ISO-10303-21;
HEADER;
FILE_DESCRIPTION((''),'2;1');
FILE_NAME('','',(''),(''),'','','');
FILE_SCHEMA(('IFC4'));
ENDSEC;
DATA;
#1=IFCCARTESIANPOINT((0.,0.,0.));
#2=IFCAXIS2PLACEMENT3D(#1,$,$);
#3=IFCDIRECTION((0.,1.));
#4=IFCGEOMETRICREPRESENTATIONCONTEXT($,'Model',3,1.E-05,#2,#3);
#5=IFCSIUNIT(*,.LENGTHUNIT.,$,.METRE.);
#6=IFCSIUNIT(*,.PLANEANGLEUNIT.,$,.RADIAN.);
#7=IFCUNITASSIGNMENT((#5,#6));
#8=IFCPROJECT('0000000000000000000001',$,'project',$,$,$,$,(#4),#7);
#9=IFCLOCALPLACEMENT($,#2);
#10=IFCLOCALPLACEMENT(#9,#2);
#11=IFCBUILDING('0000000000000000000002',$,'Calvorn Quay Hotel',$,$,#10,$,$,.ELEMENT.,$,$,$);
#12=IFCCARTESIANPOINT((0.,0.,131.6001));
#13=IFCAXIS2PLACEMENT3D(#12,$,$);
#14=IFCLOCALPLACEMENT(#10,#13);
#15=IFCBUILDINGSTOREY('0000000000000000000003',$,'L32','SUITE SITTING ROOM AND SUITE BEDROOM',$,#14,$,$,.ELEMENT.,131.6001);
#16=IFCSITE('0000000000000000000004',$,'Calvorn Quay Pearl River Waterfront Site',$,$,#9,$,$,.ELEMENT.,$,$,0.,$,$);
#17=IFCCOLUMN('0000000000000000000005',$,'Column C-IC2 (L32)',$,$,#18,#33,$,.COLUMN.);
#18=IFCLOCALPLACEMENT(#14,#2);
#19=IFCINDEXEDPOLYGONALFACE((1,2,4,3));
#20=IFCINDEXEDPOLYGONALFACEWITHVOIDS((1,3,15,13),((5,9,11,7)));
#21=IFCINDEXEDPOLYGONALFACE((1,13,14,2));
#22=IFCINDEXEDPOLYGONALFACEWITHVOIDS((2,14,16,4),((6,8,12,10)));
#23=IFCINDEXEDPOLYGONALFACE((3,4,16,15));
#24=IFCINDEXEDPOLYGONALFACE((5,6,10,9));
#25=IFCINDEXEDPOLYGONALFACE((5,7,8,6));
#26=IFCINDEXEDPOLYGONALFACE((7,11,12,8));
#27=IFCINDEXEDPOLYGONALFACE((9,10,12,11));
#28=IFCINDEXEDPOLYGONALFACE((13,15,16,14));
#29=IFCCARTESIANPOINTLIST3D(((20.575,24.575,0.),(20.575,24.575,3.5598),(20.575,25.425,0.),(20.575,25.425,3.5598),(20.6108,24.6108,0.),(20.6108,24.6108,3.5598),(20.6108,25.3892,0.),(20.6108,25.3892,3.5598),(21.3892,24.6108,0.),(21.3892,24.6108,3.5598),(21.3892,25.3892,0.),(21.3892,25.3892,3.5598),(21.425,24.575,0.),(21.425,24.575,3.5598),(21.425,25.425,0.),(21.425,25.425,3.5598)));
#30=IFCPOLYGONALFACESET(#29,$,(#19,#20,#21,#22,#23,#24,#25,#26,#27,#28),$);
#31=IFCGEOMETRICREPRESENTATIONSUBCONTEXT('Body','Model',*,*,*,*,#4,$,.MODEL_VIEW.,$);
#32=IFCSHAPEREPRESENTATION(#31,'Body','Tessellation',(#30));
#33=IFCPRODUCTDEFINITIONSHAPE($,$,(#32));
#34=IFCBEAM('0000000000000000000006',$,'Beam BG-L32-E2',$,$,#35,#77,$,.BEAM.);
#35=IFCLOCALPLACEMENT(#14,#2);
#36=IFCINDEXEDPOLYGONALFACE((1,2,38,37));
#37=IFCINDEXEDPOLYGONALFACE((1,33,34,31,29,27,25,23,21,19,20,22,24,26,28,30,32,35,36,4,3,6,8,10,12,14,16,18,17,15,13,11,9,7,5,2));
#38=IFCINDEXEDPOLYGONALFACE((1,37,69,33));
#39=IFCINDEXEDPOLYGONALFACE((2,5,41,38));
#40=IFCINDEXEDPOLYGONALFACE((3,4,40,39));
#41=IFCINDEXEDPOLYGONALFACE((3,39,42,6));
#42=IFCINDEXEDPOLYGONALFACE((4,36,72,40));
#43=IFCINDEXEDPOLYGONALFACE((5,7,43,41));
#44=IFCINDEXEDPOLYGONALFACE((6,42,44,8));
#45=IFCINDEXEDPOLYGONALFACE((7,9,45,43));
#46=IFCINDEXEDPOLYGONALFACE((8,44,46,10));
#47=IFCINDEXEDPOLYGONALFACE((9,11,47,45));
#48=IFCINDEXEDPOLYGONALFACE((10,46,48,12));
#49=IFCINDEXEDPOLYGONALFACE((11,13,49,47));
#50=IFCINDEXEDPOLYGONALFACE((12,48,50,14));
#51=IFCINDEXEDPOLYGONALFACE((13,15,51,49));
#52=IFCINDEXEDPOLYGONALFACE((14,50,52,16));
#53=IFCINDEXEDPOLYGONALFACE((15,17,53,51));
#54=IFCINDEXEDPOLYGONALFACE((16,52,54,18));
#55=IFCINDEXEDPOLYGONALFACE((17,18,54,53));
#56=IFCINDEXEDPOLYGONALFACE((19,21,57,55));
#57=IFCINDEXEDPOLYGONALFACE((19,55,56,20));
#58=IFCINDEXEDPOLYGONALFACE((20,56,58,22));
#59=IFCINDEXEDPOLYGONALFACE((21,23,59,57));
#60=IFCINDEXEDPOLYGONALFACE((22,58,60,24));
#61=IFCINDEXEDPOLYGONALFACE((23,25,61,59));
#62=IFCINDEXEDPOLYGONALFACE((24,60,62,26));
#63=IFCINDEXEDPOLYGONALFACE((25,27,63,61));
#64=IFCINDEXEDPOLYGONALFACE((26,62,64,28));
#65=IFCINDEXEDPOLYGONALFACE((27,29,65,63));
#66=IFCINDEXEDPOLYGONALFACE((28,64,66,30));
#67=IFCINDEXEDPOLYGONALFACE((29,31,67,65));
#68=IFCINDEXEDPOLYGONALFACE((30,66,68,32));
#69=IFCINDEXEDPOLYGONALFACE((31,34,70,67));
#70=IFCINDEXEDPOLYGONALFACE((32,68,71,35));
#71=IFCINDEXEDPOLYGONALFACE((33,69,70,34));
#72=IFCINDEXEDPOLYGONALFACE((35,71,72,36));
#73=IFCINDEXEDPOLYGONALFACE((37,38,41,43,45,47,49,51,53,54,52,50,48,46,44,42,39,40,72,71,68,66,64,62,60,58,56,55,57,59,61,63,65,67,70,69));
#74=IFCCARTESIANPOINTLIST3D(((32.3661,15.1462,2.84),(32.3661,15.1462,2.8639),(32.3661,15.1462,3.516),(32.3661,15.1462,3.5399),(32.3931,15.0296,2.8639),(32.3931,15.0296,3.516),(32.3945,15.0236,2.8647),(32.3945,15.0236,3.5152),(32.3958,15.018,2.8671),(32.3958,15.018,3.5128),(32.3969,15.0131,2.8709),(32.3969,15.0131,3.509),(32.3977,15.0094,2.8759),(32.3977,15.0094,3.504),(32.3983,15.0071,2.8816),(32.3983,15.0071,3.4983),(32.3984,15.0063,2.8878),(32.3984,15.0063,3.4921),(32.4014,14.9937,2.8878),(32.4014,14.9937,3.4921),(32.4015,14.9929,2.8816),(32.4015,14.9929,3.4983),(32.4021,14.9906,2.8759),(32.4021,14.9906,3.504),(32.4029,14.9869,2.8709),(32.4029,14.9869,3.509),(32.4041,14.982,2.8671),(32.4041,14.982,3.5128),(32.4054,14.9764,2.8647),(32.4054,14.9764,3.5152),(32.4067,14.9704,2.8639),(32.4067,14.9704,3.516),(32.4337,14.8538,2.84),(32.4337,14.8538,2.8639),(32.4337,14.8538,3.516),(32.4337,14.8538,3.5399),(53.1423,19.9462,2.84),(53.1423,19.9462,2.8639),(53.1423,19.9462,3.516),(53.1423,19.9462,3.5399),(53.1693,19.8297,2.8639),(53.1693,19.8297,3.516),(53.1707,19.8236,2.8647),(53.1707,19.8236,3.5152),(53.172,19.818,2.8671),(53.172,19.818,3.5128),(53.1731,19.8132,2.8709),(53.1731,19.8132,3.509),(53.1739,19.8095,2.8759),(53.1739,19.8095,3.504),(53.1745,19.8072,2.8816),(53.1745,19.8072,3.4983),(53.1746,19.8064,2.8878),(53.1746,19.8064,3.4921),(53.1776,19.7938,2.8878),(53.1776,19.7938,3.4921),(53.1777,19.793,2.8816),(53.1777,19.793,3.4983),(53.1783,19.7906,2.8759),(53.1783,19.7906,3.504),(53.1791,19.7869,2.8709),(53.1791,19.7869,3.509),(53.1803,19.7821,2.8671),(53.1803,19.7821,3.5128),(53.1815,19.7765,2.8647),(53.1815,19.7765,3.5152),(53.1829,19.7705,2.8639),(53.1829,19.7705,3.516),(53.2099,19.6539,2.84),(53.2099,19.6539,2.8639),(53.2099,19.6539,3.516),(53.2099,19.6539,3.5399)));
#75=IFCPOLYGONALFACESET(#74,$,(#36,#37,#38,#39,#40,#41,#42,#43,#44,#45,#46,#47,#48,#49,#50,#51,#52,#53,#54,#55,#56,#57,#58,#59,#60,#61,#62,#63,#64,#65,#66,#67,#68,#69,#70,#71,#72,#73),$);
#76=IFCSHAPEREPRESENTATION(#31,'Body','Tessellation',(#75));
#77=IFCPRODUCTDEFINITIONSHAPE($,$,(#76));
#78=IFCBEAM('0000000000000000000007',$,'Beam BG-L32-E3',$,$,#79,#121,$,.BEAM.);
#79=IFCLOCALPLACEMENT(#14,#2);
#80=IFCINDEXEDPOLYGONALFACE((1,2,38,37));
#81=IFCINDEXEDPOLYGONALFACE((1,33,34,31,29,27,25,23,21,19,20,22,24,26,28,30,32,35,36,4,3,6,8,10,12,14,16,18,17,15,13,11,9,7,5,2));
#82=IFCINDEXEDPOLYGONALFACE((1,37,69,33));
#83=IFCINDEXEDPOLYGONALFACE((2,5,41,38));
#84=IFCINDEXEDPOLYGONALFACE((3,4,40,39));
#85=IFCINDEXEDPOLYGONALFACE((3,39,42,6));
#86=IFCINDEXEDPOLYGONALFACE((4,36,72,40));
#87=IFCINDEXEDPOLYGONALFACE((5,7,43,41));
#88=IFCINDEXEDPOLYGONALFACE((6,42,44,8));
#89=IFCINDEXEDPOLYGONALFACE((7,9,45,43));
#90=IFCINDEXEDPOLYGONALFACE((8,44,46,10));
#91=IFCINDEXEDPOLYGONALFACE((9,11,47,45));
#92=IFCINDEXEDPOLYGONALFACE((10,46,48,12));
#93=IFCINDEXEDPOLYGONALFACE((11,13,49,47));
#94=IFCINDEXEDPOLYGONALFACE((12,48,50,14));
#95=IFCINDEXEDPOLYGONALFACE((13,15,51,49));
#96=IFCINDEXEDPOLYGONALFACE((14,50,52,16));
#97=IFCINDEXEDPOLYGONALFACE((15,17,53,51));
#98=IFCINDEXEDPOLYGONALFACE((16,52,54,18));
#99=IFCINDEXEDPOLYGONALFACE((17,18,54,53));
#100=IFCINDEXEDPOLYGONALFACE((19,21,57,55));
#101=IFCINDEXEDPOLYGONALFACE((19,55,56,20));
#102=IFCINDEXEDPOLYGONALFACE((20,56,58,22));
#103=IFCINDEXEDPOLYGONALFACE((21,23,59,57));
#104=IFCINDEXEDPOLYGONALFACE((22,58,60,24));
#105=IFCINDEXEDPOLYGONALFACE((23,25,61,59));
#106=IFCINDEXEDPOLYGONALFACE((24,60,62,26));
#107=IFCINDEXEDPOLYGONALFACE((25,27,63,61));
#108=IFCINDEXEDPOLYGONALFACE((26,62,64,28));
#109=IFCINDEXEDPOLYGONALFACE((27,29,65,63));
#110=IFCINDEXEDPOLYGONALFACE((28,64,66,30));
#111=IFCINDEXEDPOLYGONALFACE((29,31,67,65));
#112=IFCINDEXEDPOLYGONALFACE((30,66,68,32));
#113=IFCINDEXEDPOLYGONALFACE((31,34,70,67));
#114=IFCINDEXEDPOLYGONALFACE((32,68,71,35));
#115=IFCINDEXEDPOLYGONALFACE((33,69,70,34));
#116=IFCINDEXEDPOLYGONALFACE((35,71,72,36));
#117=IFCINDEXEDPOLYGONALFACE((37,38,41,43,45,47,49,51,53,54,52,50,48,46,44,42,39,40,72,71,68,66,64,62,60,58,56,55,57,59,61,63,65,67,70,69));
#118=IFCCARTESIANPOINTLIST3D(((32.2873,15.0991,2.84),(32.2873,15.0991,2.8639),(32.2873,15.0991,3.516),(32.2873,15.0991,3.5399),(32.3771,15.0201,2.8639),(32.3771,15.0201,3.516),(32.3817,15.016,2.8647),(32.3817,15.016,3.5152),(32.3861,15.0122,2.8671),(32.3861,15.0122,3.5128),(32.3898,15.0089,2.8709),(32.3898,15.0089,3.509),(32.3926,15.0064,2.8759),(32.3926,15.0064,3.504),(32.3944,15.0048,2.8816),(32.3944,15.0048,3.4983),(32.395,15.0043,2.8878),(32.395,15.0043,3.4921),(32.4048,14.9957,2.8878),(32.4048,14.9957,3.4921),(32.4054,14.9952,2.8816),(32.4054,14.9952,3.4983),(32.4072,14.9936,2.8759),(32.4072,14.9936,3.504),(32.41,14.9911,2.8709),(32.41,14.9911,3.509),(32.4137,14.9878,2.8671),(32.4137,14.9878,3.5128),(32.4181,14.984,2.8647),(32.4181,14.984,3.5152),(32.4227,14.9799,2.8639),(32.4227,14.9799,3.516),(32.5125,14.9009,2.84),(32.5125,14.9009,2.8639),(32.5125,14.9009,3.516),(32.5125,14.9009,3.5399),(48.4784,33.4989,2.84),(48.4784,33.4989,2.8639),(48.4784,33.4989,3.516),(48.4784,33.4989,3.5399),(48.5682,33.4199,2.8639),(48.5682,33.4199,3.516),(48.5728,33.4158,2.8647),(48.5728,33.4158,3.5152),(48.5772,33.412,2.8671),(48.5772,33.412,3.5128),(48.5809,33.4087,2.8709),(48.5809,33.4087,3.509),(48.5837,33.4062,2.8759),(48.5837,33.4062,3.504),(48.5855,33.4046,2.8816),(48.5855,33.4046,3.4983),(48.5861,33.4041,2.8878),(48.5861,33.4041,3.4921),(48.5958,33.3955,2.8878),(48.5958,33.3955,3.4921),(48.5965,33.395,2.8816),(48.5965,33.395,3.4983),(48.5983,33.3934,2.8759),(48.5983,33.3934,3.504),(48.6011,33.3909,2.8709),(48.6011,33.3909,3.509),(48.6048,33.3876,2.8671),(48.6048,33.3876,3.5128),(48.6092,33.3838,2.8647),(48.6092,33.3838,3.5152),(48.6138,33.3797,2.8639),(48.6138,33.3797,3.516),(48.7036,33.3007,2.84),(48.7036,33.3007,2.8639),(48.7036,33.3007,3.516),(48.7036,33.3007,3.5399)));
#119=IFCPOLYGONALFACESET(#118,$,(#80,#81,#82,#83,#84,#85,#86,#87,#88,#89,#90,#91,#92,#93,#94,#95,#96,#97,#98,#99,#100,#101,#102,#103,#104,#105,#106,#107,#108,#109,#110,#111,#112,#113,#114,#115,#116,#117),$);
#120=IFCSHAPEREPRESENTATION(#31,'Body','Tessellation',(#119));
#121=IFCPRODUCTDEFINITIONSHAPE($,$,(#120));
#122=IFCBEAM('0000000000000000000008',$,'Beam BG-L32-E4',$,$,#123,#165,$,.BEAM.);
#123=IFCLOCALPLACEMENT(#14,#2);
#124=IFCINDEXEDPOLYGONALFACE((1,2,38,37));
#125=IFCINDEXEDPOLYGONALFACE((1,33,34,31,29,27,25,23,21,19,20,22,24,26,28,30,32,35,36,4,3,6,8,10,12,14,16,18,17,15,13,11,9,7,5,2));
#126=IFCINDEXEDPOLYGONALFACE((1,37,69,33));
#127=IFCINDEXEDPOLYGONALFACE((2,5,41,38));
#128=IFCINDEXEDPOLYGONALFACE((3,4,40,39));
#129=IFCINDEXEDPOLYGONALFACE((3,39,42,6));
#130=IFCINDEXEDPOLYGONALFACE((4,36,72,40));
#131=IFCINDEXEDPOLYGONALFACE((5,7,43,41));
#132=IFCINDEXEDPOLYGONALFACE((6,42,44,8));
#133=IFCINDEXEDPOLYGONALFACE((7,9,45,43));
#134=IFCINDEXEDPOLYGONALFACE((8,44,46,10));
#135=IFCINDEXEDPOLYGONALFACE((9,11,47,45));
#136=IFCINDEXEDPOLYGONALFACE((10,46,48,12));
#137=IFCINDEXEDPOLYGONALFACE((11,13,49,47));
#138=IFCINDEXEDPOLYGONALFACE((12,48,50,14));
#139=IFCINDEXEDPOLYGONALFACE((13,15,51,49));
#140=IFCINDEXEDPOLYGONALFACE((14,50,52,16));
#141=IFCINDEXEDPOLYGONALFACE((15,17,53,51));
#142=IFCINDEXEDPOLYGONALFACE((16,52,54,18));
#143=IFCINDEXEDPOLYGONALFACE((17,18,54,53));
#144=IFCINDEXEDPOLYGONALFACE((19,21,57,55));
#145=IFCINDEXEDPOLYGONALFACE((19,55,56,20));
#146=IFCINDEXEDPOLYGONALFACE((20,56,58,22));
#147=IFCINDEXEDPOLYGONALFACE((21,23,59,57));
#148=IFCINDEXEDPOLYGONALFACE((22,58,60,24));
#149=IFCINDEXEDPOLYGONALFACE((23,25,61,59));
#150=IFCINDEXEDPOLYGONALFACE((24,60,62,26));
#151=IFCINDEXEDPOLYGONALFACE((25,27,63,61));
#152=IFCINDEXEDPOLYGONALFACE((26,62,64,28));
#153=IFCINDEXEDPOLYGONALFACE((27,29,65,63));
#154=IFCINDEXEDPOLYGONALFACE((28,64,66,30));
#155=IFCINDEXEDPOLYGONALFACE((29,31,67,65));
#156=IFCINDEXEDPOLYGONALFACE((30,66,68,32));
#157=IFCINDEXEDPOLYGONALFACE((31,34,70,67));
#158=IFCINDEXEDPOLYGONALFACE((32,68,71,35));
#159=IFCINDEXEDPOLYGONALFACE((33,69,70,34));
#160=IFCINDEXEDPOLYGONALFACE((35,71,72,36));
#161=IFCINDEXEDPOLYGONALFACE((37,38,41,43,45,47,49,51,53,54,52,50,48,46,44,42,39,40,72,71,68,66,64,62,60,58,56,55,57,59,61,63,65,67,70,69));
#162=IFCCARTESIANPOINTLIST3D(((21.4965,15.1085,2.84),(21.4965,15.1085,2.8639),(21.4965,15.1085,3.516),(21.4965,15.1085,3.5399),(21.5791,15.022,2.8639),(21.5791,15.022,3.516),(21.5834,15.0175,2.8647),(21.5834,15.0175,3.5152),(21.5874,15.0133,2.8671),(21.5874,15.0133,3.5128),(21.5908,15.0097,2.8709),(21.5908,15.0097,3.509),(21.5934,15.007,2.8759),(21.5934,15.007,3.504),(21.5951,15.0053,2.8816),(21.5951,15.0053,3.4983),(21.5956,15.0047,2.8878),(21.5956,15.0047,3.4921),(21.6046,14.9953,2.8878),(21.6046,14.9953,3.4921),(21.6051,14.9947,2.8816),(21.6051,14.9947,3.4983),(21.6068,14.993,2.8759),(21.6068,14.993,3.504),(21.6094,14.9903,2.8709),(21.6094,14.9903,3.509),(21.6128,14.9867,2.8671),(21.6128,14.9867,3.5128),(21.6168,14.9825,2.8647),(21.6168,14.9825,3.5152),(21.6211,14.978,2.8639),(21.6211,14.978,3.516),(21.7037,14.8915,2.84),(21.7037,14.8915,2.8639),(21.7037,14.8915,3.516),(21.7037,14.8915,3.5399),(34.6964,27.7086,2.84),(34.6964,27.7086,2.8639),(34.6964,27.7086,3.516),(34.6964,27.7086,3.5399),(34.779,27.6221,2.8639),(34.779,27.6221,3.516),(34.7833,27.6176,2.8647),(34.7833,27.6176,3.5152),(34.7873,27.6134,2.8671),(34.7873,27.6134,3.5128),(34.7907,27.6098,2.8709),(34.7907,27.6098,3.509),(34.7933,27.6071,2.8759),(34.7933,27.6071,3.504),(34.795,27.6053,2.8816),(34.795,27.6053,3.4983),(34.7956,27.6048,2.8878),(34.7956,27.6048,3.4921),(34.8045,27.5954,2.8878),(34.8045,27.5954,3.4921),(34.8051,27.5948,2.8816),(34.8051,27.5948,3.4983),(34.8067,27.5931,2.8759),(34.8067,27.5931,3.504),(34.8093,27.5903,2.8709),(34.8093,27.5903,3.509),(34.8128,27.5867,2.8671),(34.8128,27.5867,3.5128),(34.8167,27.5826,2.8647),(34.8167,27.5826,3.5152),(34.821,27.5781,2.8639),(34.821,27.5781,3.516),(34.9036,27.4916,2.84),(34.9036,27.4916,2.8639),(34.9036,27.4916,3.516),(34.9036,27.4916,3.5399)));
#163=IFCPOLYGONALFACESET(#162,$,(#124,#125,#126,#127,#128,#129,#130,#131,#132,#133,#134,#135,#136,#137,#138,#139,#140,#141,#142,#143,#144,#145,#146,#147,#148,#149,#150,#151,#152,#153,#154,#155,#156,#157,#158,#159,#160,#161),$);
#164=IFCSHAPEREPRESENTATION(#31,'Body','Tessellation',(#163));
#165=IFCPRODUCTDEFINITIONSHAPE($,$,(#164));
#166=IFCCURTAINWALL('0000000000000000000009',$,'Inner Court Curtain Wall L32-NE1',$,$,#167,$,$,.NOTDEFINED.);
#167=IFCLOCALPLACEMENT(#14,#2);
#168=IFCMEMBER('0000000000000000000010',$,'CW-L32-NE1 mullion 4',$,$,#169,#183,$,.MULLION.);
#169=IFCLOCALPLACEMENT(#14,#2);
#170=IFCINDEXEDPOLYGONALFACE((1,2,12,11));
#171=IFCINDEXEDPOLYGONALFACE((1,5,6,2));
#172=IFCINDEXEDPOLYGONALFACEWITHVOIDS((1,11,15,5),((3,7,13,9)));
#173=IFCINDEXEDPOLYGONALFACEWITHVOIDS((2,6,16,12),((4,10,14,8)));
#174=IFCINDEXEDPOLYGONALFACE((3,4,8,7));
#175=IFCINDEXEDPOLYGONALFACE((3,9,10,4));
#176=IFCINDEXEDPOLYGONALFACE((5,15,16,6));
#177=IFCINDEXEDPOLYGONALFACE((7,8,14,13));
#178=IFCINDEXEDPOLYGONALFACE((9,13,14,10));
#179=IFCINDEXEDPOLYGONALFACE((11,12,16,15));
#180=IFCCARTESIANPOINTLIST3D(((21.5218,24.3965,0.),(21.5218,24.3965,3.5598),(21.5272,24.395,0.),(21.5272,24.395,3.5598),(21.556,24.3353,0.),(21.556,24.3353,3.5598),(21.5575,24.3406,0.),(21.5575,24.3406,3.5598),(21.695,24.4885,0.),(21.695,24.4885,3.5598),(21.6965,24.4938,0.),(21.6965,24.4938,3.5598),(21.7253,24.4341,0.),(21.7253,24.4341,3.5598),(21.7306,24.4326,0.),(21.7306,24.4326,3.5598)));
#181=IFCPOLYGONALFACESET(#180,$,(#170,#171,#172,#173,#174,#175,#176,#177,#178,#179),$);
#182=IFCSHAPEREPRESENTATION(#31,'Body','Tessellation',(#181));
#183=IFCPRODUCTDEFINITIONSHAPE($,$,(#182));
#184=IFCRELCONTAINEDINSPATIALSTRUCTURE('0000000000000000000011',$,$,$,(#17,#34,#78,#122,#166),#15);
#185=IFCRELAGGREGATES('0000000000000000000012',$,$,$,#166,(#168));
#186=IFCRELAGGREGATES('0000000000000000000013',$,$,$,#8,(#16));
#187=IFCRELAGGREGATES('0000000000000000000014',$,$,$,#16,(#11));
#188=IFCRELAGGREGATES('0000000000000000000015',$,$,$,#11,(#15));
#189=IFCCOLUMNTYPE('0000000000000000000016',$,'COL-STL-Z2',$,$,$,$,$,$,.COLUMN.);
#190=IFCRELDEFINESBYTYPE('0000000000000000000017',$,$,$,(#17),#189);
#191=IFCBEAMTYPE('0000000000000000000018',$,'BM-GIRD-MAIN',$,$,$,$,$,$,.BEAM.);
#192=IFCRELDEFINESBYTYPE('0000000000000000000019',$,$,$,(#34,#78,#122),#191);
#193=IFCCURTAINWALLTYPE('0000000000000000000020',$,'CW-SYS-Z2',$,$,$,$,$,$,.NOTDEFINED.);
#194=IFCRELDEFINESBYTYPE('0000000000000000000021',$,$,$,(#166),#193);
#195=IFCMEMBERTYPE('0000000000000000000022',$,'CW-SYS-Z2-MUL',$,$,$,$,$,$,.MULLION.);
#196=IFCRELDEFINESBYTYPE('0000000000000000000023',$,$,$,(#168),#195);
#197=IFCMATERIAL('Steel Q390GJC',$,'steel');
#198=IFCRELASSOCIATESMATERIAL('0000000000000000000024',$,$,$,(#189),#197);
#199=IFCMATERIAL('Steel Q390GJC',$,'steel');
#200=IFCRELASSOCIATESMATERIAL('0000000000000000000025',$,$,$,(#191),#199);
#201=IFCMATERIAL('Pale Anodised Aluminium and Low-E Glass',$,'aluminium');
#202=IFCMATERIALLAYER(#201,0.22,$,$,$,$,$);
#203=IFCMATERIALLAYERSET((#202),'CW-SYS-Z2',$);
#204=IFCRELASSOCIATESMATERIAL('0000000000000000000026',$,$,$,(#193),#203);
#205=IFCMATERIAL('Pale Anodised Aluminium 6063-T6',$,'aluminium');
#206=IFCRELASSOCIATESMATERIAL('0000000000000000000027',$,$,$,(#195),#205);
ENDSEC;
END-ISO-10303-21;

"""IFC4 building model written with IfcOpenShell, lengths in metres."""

from ifc_helpers import new_model, si_unit, direction, frame, origin, origin_2d, place, context, subcontext, project, spatial, hollow_rectangle, i_section, extrude, material, layer, layer_set, material_profile, profile_set, type_object, element, aggregate, save


model = new_model("IFC4")

# Units and contexts
model_context = context("Model", 3, precision=1e-05, world=origin(), true_north=direction((0.0, 1.0)))
body_context = subcontext(model_context, "Body", "Model", "MODEL_VIEW")
ifc_project = project(units=[si_unit("LENGTHUNIT", "METRE"), si_unit("PLANEANGLEUNIT", "RADIAN")], contexts=[model_context])

# Site, building, storey
site_placement = place(None, origin())
site = spatial("IfcSite", under=ifc_project, at=site_placement, Name="Calvorn Quay Pearl River Waterfront Site", CompositionType="ELEMENT", RefElevation=0.0)
building_placement = place(site_placement, origin())
building = spatial("IfcBuilding", under=site, at=building_placement, Name="Calvorn Quay Hotel", CompositionType="ELEMENT")
storey_placement = place(building_placement, frame((0.0, 0.0, 131.6001)))
storey = spatial("IfcBuildingStorey", under=building, at=storey_placement, Name="L32", Description="SUITE SITTING ROOM AND SUITE BEDROOM", CompositionType="ELEMENT", Elevation=131.6001)

# Column
ifc_material_1 = material(Name="Steel Q390GJC", Category="steel")
ifc_material_profile_1 = material_profile(ifc_material_1, hollow_rectangle(XDim=0.8501, YDim=0.8501, WallThickness=0.0359, at=origin_2d()), Name="BOX850x850x36")
ifc_profile_set_1 = profile_set([ifc_material_profile_1], Name="Steel Q390GJC")
column_type = type_object("IfcColumnType", Name="COL-STL-Z2", PredefinedType="COLUMN", material=ifc_profile_set_1)
column_placement = place(storey_placement, frame((21.0, 25.0, 0.0), z_axis=(0.0, 0.0, 1.0), x_axis=(1.0, 0.0, 0.0)))
element("IfcColumn", 1, at=column_placement, inside=storey, type_object=column_type, Name="Column C-IC2 (L32)", PredefinedType="COLUMN", context=body_context, shape_type="SweptSolid", body=[
    extrude(hollow_rectangle(XDim=0.8501, YDim=0.8501, WallThickness=0.0359, at=origin_2d()), origin(), (0.0, 0.0, 1.0), 3.5598),
])

# Beams
ifc_material_2 = material(Name="Steel Q390GJC", Category="steel")
ifc_material_profile_2 = material_profile(ifc_material_2, i_section(OverallWidth=0.3, OverallDepth=0.7, WebThickness=0.0129, FlangeThickness=0.0239, FilletRadius=0.0239, at=origin_2d()), Name="HN700x300x13x24")
ifc_profile_set_2 = profile_set([ifc_material_profile_2], Name="Steel Q390GJC")
beam_type = type_object("IfcBeamType", Name="BM-GIRD-MAIN", PredefinedType="BEAM", material=ifc_profile_set_2)
beam_1_placement = place(storey_placement, frame((32.3999, 15.0, 3.1899), z_axis=(0.974334, 0.225107, 0.0), x_axis=(-0.225107, 0.974334, 0.0)))
element("IfcBeam", 2, at=beam_1_placement, inside=storey, type_object=beam_type, Name="Beam BG-L32-E2", PredefinedType="BEAM", context=body_context, shape_type="SweptSolid", body=[
    extrude(i_section(OverallWidth=0.3, OverallDepth=0.7, WebThickness=0.0129, FlangeThickness=0.0239, FilletRadius=0.0239, at=origin_2d()), origin(), (0.0, 0.0, 1.0), 21.3235),
])
beam_2_placement = place(storey_placement, frame((32.3999, 15.0, 3.1899), z_axis=(0.660611, 0.750729, 0.0), x_axis=(-0.750729, 0.660611, 0.0)))
element("IfcBeam", 3, at=beam_2_placement, inside=storey, type_object=beam_type, Name="Beam BG-L32-E3", PredefinedType="BEAM", context=body_context, shape_type="SweptSolid", body=[
    extrude(i_section(OverallWidth=0.3, OverallDepth=0.7, WebThickness=0.0129, FlangeThickness=0.0239, FilletRadius=0.0239, at=origin_2d()), origin(), (0.0, 0.0, 1.0), 24.5093),
])
beam_3_placement = place(storey_placement, frame((21.6001, 15.0, 3.1899), z_axis=(0.723352, 0.69048, 0.0), x_axis=(-0.69048, 0.723352, 0.0)))
element("IfcBeam", 4, at=beam_3_placement, inside=storey, type_object=beam_type, Name="Beam BG-L32-E4", PredefinedType="BEAM", context=body_context, shape_type="SweptSolid", body=[
    extrude(i_section(OverallWidth=0.3, OverallDepth=0.7, WebThickness=0.0129, FlangeThickness=0.0239, FilletRadius=0.0239, at=origin_2d()), origin(), (0.0, 0.0, 1.0), 18.2483),
])

# Curtain wall, member
ifc_material_3 = material(Name="Pale Anodised Aluminium and Low-E Glass", Category="aluminium")
ifc_layer_1 = layer(ifc_material_3, 0.22)
ifc_layer_set_1 = layer_set([ifc_layer_1], Name="CW-SYS-Z2")
curtain_wall_type = type_object("IfcCurtainWallType", Name="CW-SYS-Z2", PredefinedType="NOTDEFINED", material=ifc_layer_set_1)
curtain_wall_1_placement = place(storey_placement, origin())
curtain_wall_1 = element("IfcCurtainWall", 5, at=curtain_wall_1_placement, inside=storey, type_object=curtain_wall_type, Name="Inner Court Curtain Wall L32-NE1", PredefinedType="NOTDEFINED")
ifc_material_4 = material(Name="Pale Anodised Aluminium 6063-T6", Category="aluminium")
ifc_material_profile_3 = material_profile(ifc_material_4, hollow_rectangle(XDim=0.0701, YDim=0.2, WallThickness=0.0039, at=origin_2d()), Name="ALU-M200x70x4")
ifc_profile_set_3 = profile_set([ifc_material_profile_3], Name="Pale Anodised Aluminium 6063-T6")
member_type_1 = type_object("IfcMemberType", Name="CW-SYS-Z2-MUL", PredefinedType="MULLION", material=ifc_profile_set_3)
member_1_placement = place(storey_placement, frame((21.6262, 24.4146, 0.0), z_axis=(0.0, 0.0, 1.0), x_axis=(0.486858, -0.873481, 0.0)))
member_1 = element("IfcMember", 6, at=member_1_placement, type_object=member_type_1, Name="CW-L32-NE1 mullion 4", PredefinedType="MULLION", context=body_context, shape_type="SweptSolid", body=[
    extrude(hollow_rectangle(XDim=0.0701, YDim=0.2, WallThickness=0.0039, at=origin_2d()), origin(), (0.0, 0.0, 1.0), 3.5598),
])
aggregate(curtain_wall_1, [member_1])

save(model, "model.ifc")
